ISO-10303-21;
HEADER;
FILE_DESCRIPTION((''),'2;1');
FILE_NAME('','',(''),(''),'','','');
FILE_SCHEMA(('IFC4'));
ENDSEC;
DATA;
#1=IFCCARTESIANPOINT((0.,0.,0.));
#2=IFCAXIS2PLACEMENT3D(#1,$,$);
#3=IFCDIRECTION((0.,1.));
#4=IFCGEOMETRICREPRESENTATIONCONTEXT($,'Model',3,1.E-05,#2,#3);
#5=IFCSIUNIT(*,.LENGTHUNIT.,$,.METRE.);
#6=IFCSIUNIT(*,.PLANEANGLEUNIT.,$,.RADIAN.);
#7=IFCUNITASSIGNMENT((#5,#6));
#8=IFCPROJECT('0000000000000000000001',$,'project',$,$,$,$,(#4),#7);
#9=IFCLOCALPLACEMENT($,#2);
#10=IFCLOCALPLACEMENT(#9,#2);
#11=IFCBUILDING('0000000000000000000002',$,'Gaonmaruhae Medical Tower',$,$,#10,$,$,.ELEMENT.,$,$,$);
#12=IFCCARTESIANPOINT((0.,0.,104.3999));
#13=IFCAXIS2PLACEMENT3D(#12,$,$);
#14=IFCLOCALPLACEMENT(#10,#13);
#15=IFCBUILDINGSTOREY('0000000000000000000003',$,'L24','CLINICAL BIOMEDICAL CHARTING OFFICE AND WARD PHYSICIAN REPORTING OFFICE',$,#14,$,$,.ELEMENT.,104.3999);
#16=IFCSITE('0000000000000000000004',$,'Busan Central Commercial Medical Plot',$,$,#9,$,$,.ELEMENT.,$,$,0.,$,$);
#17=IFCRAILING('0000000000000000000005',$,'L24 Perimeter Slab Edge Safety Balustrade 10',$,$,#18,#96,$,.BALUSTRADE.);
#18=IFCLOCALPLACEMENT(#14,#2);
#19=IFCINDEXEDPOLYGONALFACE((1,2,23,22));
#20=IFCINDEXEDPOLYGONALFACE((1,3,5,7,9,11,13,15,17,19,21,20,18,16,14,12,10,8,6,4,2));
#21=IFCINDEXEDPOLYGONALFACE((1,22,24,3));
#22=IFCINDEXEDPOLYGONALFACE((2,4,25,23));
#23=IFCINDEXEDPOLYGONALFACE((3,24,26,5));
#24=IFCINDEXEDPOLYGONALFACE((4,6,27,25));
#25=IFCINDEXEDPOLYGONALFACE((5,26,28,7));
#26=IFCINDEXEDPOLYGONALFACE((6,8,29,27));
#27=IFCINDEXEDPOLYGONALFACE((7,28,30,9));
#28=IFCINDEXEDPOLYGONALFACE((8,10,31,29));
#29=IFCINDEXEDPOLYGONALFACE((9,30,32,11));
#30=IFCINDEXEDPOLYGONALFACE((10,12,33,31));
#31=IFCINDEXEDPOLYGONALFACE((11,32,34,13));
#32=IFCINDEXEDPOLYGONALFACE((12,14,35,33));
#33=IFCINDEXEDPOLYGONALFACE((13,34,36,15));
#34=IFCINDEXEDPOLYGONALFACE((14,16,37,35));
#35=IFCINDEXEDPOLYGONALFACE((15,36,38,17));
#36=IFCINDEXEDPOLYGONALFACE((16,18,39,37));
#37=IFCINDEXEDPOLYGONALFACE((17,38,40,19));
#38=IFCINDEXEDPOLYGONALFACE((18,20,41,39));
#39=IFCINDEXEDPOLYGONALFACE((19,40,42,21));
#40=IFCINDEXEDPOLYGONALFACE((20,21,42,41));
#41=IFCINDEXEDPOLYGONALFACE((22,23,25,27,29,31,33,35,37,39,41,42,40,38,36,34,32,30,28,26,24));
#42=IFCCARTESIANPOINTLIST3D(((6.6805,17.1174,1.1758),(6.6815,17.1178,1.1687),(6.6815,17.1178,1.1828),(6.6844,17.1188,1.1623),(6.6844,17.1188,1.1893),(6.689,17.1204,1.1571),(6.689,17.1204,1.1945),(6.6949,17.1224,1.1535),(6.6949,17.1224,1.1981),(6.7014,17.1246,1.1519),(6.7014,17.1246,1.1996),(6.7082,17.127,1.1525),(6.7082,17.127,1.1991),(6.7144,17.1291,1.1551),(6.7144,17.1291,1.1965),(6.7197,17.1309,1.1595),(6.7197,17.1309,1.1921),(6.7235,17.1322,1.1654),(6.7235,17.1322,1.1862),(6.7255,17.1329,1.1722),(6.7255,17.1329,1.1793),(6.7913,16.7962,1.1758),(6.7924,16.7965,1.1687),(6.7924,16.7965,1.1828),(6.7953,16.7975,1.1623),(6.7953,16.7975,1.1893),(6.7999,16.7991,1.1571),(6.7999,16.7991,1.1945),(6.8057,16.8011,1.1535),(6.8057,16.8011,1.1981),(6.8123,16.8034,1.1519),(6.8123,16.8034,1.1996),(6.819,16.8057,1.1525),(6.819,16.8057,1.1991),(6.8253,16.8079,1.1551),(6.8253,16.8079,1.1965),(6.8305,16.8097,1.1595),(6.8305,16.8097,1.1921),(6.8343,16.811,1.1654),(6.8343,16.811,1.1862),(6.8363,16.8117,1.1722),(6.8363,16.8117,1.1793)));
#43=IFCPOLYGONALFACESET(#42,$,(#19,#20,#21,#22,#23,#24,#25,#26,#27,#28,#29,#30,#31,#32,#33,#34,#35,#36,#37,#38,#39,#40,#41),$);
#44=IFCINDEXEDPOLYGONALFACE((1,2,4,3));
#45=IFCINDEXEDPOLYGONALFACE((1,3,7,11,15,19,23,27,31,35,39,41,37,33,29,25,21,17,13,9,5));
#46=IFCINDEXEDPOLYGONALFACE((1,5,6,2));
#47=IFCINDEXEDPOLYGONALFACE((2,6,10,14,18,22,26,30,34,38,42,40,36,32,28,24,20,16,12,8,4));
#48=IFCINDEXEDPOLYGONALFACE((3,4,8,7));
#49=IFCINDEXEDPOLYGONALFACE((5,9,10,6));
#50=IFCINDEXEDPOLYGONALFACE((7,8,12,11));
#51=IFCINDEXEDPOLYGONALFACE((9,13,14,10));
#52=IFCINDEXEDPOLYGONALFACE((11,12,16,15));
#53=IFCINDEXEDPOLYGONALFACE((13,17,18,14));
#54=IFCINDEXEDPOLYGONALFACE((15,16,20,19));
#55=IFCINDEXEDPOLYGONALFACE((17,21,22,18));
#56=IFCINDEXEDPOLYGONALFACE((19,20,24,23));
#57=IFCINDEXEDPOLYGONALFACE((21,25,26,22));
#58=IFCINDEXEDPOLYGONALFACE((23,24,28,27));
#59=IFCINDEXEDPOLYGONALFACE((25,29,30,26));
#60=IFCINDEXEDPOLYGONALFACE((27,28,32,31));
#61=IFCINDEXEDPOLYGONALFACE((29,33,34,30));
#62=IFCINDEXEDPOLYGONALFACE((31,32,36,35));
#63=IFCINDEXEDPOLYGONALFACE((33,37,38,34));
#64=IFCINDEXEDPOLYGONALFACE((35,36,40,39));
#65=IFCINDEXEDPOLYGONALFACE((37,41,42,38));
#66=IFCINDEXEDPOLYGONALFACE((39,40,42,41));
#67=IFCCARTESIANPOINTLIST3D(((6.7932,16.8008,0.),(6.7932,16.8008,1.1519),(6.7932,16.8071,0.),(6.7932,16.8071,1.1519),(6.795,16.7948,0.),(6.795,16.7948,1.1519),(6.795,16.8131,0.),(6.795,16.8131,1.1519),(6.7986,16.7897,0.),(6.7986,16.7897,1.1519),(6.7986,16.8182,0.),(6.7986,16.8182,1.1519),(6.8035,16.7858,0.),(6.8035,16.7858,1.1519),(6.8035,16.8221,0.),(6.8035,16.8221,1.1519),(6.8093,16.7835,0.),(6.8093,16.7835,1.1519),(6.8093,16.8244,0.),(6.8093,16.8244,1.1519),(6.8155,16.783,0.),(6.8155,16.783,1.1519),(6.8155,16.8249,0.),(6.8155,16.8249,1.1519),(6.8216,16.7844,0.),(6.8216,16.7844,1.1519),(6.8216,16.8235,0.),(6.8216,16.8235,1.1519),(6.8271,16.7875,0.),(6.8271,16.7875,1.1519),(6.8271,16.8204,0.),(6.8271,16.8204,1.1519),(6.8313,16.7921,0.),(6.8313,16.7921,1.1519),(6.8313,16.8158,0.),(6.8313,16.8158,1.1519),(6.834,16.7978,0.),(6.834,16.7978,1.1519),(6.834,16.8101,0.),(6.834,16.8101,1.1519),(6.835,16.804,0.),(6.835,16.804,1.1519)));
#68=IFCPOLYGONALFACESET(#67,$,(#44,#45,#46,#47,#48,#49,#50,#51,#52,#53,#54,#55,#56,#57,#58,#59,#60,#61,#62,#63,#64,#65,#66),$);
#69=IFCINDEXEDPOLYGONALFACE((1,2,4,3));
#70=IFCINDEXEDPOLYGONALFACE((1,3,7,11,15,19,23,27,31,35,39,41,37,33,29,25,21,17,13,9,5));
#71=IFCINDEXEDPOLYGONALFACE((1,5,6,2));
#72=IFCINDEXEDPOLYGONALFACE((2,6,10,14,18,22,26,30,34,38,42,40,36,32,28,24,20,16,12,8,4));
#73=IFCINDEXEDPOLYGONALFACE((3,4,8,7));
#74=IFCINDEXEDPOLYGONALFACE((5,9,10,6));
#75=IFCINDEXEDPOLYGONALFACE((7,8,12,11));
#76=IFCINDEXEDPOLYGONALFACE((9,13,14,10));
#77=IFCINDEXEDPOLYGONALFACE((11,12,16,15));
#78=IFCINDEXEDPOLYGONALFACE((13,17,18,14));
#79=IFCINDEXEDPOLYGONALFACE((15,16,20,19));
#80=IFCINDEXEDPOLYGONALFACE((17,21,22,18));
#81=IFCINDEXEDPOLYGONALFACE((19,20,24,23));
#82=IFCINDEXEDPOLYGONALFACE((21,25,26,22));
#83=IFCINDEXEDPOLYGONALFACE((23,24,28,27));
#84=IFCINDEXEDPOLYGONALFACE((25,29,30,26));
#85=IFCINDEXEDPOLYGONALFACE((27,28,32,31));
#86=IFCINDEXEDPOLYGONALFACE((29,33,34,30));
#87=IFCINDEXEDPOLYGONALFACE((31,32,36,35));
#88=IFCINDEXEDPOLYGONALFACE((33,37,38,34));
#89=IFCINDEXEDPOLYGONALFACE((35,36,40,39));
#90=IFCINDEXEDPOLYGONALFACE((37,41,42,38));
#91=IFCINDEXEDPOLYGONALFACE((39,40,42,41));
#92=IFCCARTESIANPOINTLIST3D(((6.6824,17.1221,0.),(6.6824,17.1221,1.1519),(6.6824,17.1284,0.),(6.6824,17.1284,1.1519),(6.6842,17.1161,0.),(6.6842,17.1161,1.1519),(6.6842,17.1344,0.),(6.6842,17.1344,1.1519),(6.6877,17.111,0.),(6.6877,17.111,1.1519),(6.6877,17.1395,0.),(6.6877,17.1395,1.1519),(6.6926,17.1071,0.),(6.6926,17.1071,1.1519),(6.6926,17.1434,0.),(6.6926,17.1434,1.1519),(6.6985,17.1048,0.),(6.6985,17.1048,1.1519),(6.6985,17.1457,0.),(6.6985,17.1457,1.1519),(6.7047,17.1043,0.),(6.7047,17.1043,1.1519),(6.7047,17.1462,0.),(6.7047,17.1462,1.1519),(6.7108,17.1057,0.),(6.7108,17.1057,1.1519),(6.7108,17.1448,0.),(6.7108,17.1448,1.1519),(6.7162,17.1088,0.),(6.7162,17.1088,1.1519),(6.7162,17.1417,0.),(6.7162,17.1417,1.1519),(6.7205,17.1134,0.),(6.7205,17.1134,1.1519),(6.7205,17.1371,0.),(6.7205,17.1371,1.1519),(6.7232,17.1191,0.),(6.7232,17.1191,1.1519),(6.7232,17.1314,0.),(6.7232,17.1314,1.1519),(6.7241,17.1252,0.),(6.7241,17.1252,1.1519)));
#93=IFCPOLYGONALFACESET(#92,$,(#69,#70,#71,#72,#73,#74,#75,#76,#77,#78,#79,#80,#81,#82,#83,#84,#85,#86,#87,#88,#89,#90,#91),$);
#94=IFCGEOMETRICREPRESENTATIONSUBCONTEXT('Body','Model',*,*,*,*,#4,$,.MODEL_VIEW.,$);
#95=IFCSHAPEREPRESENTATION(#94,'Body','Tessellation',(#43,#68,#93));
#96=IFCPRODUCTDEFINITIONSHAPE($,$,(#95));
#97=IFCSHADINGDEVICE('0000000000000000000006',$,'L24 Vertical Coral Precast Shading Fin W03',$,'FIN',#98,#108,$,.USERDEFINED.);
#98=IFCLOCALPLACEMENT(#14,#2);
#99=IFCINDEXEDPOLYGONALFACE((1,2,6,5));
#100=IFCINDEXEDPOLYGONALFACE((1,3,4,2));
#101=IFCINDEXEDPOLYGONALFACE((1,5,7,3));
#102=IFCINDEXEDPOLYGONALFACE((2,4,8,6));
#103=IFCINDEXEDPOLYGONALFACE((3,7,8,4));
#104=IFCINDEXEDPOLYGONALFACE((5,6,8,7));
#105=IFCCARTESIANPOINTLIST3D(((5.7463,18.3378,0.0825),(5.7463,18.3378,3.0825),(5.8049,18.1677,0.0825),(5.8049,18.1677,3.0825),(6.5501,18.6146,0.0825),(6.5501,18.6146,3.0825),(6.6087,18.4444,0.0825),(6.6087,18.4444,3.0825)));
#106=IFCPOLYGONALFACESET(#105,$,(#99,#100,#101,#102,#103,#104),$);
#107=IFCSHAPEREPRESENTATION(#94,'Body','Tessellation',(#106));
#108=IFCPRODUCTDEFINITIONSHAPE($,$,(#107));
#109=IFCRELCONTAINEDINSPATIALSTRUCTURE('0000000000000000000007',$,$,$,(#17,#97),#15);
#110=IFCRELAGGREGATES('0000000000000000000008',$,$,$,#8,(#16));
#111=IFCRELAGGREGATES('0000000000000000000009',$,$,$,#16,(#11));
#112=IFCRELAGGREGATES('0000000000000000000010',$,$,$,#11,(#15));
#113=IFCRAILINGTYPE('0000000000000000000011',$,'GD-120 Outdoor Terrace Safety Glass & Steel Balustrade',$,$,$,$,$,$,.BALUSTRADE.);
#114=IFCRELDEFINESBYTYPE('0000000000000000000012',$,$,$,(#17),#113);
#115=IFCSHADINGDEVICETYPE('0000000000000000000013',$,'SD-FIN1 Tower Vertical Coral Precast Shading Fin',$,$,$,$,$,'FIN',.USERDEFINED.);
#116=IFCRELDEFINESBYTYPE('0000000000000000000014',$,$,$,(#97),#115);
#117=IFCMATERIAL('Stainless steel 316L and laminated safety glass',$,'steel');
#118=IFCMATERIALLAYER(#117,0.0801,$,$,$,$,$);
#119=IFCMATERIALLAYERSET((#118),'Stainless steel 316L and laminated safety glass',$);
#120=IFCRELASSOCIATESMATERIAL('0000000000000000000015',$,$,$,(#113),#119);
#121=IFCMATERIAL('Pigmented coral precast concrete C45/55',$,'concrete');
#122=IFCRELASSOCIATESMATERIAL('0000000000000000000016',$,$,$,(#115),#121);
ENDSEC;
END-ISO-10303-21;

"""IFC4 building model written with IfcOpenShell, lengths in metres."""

from ifc_helpers import new_model, si_unit, direction, frame, origin, origin_2d, place, context, subcontext, project, spatial, rectangle, circle, extrude, material, layer, layer_set, type_object, element, save


model = new_model("IFC4")

# Units and contexts
model_context = context("Model", 3, precision=1e-05, world=origin(), true_north=direction((0.0, 1.0)))
body_context = subcontext(model_context, "Body", "Model", "MODEL_VIEW")
ifc_project = project(units=[si_unit("LENGTHUNIT", "METRE"), si_unit("PLANEANGLEUNIT", "RADIAN")], contexts=[model_context])

# Site, building, storey
site_placement = place(None, origin())
site = spatial("IfcSite", under=ifc_project, at=site_placement, Name="Busan Central Commercial Medical Plot", CompositionType="ELEMENT", RefElevation=0.0)
building_placement = place(site_placement, origin())
building = spatial("IfcBuilding", under=site, at=building_placement, Name="Gaonmaruhae Medical Tower", CompositionType="ELEMENT")
storey_placement = place(building_placement, frame((0.0, 0.0, 104.3999)))
storey = spatial("IfcBuildingStorey", under=building, at=storey_placement, Name="L24", Description="CLINICAL BIOMEDICAL CHARTING OFFICE AND WARD PHYSICIAN REPORTING OFFICE", CompositionType="ELEMENT", Elevation=104.3999)

# Railing
ifc_material_1 = material(Name="Stainless steel 316L and laminated safety glass", Category="steel")
ifc_layer_1 = layer(ifc_material_1, 0.0801)
ifc_layer_set_1 = layer_set([ifc_layer_1], Name="Stainless steel 316L and laminated safety glass")
railing_type = type_object("IfcRailingType", Name="GD-120 Outdoor Terrace Safety Glass & Steel Balustrade", PredefinedType="BALUSTRADE", material=ifc_layer_set_1)
railing_placement = place(storey_placement, frame((6.814, 16.804, 0.0)))
element("IfcRailing", 1, at=railing_placement, inside=storey, type_object=railing_type, Name="L24 Perimeter Slab Edge Safety Balustrade 10", PredefinedType="BALUSTRADE", context=body_context, shape_type="SweptSolid", body=[
    extrude(circle(Radius=0.0239, at=origin_2d()), frame((0.0, 0.0, 1.1758), z_axis=(-0.326124, 0.945327, 0.0), x_axis=(-0.945327, -0.326124, 0.0)), (0.0, 0.0, 1.0), 0.3398),
    extrude(circle(Radius=0.021, at=origin_2d()), origin(), (0.0, 0.0, 1.0), 1.1519),
    extrude(circle(Radius=0.021, at=origin_2d()), frame((-0.1108, 0.3213, 0.0)), (0.0, 0.0, 1.0), 1.1519),
])

# Shading device
ifc_material_2 = material(Name="Pigmented coral precast concrete C45/55", Category="concrete")
shading_device_type = type_object("IfcShadingDeviceType", Name="SD-FIN1 Tower Vertical Coral Precast Shading Fin", ElementType="FIN", PredefinedType="USERDEFINED", material=ifc_material_2)
shading_device_placement = place(storey_placement, frame((6.1775, 18.3911, 0.0825), z_axis=(0.0, 0.0, 1.0), x_axis=(-0.325568, 0.945519, 0.0)))
element("IfcShadingDevice", 2, at=shading_device_placement, inside=storey, type_object=shading_device_type, Name="L24 Vertical Coral Precast Shading Fin W03", ObjectType="FIN", PredefinedType="USERDEFINED", context=body_context, shape_type="SweptSolid", body=[
    extrude(rectangle(XDim=0.1799, YDim=0.8501, at=origin_2d()), origin(), (0.0, 0.0, 1.0), 3.0),
])

save(model, "model.ifc")
